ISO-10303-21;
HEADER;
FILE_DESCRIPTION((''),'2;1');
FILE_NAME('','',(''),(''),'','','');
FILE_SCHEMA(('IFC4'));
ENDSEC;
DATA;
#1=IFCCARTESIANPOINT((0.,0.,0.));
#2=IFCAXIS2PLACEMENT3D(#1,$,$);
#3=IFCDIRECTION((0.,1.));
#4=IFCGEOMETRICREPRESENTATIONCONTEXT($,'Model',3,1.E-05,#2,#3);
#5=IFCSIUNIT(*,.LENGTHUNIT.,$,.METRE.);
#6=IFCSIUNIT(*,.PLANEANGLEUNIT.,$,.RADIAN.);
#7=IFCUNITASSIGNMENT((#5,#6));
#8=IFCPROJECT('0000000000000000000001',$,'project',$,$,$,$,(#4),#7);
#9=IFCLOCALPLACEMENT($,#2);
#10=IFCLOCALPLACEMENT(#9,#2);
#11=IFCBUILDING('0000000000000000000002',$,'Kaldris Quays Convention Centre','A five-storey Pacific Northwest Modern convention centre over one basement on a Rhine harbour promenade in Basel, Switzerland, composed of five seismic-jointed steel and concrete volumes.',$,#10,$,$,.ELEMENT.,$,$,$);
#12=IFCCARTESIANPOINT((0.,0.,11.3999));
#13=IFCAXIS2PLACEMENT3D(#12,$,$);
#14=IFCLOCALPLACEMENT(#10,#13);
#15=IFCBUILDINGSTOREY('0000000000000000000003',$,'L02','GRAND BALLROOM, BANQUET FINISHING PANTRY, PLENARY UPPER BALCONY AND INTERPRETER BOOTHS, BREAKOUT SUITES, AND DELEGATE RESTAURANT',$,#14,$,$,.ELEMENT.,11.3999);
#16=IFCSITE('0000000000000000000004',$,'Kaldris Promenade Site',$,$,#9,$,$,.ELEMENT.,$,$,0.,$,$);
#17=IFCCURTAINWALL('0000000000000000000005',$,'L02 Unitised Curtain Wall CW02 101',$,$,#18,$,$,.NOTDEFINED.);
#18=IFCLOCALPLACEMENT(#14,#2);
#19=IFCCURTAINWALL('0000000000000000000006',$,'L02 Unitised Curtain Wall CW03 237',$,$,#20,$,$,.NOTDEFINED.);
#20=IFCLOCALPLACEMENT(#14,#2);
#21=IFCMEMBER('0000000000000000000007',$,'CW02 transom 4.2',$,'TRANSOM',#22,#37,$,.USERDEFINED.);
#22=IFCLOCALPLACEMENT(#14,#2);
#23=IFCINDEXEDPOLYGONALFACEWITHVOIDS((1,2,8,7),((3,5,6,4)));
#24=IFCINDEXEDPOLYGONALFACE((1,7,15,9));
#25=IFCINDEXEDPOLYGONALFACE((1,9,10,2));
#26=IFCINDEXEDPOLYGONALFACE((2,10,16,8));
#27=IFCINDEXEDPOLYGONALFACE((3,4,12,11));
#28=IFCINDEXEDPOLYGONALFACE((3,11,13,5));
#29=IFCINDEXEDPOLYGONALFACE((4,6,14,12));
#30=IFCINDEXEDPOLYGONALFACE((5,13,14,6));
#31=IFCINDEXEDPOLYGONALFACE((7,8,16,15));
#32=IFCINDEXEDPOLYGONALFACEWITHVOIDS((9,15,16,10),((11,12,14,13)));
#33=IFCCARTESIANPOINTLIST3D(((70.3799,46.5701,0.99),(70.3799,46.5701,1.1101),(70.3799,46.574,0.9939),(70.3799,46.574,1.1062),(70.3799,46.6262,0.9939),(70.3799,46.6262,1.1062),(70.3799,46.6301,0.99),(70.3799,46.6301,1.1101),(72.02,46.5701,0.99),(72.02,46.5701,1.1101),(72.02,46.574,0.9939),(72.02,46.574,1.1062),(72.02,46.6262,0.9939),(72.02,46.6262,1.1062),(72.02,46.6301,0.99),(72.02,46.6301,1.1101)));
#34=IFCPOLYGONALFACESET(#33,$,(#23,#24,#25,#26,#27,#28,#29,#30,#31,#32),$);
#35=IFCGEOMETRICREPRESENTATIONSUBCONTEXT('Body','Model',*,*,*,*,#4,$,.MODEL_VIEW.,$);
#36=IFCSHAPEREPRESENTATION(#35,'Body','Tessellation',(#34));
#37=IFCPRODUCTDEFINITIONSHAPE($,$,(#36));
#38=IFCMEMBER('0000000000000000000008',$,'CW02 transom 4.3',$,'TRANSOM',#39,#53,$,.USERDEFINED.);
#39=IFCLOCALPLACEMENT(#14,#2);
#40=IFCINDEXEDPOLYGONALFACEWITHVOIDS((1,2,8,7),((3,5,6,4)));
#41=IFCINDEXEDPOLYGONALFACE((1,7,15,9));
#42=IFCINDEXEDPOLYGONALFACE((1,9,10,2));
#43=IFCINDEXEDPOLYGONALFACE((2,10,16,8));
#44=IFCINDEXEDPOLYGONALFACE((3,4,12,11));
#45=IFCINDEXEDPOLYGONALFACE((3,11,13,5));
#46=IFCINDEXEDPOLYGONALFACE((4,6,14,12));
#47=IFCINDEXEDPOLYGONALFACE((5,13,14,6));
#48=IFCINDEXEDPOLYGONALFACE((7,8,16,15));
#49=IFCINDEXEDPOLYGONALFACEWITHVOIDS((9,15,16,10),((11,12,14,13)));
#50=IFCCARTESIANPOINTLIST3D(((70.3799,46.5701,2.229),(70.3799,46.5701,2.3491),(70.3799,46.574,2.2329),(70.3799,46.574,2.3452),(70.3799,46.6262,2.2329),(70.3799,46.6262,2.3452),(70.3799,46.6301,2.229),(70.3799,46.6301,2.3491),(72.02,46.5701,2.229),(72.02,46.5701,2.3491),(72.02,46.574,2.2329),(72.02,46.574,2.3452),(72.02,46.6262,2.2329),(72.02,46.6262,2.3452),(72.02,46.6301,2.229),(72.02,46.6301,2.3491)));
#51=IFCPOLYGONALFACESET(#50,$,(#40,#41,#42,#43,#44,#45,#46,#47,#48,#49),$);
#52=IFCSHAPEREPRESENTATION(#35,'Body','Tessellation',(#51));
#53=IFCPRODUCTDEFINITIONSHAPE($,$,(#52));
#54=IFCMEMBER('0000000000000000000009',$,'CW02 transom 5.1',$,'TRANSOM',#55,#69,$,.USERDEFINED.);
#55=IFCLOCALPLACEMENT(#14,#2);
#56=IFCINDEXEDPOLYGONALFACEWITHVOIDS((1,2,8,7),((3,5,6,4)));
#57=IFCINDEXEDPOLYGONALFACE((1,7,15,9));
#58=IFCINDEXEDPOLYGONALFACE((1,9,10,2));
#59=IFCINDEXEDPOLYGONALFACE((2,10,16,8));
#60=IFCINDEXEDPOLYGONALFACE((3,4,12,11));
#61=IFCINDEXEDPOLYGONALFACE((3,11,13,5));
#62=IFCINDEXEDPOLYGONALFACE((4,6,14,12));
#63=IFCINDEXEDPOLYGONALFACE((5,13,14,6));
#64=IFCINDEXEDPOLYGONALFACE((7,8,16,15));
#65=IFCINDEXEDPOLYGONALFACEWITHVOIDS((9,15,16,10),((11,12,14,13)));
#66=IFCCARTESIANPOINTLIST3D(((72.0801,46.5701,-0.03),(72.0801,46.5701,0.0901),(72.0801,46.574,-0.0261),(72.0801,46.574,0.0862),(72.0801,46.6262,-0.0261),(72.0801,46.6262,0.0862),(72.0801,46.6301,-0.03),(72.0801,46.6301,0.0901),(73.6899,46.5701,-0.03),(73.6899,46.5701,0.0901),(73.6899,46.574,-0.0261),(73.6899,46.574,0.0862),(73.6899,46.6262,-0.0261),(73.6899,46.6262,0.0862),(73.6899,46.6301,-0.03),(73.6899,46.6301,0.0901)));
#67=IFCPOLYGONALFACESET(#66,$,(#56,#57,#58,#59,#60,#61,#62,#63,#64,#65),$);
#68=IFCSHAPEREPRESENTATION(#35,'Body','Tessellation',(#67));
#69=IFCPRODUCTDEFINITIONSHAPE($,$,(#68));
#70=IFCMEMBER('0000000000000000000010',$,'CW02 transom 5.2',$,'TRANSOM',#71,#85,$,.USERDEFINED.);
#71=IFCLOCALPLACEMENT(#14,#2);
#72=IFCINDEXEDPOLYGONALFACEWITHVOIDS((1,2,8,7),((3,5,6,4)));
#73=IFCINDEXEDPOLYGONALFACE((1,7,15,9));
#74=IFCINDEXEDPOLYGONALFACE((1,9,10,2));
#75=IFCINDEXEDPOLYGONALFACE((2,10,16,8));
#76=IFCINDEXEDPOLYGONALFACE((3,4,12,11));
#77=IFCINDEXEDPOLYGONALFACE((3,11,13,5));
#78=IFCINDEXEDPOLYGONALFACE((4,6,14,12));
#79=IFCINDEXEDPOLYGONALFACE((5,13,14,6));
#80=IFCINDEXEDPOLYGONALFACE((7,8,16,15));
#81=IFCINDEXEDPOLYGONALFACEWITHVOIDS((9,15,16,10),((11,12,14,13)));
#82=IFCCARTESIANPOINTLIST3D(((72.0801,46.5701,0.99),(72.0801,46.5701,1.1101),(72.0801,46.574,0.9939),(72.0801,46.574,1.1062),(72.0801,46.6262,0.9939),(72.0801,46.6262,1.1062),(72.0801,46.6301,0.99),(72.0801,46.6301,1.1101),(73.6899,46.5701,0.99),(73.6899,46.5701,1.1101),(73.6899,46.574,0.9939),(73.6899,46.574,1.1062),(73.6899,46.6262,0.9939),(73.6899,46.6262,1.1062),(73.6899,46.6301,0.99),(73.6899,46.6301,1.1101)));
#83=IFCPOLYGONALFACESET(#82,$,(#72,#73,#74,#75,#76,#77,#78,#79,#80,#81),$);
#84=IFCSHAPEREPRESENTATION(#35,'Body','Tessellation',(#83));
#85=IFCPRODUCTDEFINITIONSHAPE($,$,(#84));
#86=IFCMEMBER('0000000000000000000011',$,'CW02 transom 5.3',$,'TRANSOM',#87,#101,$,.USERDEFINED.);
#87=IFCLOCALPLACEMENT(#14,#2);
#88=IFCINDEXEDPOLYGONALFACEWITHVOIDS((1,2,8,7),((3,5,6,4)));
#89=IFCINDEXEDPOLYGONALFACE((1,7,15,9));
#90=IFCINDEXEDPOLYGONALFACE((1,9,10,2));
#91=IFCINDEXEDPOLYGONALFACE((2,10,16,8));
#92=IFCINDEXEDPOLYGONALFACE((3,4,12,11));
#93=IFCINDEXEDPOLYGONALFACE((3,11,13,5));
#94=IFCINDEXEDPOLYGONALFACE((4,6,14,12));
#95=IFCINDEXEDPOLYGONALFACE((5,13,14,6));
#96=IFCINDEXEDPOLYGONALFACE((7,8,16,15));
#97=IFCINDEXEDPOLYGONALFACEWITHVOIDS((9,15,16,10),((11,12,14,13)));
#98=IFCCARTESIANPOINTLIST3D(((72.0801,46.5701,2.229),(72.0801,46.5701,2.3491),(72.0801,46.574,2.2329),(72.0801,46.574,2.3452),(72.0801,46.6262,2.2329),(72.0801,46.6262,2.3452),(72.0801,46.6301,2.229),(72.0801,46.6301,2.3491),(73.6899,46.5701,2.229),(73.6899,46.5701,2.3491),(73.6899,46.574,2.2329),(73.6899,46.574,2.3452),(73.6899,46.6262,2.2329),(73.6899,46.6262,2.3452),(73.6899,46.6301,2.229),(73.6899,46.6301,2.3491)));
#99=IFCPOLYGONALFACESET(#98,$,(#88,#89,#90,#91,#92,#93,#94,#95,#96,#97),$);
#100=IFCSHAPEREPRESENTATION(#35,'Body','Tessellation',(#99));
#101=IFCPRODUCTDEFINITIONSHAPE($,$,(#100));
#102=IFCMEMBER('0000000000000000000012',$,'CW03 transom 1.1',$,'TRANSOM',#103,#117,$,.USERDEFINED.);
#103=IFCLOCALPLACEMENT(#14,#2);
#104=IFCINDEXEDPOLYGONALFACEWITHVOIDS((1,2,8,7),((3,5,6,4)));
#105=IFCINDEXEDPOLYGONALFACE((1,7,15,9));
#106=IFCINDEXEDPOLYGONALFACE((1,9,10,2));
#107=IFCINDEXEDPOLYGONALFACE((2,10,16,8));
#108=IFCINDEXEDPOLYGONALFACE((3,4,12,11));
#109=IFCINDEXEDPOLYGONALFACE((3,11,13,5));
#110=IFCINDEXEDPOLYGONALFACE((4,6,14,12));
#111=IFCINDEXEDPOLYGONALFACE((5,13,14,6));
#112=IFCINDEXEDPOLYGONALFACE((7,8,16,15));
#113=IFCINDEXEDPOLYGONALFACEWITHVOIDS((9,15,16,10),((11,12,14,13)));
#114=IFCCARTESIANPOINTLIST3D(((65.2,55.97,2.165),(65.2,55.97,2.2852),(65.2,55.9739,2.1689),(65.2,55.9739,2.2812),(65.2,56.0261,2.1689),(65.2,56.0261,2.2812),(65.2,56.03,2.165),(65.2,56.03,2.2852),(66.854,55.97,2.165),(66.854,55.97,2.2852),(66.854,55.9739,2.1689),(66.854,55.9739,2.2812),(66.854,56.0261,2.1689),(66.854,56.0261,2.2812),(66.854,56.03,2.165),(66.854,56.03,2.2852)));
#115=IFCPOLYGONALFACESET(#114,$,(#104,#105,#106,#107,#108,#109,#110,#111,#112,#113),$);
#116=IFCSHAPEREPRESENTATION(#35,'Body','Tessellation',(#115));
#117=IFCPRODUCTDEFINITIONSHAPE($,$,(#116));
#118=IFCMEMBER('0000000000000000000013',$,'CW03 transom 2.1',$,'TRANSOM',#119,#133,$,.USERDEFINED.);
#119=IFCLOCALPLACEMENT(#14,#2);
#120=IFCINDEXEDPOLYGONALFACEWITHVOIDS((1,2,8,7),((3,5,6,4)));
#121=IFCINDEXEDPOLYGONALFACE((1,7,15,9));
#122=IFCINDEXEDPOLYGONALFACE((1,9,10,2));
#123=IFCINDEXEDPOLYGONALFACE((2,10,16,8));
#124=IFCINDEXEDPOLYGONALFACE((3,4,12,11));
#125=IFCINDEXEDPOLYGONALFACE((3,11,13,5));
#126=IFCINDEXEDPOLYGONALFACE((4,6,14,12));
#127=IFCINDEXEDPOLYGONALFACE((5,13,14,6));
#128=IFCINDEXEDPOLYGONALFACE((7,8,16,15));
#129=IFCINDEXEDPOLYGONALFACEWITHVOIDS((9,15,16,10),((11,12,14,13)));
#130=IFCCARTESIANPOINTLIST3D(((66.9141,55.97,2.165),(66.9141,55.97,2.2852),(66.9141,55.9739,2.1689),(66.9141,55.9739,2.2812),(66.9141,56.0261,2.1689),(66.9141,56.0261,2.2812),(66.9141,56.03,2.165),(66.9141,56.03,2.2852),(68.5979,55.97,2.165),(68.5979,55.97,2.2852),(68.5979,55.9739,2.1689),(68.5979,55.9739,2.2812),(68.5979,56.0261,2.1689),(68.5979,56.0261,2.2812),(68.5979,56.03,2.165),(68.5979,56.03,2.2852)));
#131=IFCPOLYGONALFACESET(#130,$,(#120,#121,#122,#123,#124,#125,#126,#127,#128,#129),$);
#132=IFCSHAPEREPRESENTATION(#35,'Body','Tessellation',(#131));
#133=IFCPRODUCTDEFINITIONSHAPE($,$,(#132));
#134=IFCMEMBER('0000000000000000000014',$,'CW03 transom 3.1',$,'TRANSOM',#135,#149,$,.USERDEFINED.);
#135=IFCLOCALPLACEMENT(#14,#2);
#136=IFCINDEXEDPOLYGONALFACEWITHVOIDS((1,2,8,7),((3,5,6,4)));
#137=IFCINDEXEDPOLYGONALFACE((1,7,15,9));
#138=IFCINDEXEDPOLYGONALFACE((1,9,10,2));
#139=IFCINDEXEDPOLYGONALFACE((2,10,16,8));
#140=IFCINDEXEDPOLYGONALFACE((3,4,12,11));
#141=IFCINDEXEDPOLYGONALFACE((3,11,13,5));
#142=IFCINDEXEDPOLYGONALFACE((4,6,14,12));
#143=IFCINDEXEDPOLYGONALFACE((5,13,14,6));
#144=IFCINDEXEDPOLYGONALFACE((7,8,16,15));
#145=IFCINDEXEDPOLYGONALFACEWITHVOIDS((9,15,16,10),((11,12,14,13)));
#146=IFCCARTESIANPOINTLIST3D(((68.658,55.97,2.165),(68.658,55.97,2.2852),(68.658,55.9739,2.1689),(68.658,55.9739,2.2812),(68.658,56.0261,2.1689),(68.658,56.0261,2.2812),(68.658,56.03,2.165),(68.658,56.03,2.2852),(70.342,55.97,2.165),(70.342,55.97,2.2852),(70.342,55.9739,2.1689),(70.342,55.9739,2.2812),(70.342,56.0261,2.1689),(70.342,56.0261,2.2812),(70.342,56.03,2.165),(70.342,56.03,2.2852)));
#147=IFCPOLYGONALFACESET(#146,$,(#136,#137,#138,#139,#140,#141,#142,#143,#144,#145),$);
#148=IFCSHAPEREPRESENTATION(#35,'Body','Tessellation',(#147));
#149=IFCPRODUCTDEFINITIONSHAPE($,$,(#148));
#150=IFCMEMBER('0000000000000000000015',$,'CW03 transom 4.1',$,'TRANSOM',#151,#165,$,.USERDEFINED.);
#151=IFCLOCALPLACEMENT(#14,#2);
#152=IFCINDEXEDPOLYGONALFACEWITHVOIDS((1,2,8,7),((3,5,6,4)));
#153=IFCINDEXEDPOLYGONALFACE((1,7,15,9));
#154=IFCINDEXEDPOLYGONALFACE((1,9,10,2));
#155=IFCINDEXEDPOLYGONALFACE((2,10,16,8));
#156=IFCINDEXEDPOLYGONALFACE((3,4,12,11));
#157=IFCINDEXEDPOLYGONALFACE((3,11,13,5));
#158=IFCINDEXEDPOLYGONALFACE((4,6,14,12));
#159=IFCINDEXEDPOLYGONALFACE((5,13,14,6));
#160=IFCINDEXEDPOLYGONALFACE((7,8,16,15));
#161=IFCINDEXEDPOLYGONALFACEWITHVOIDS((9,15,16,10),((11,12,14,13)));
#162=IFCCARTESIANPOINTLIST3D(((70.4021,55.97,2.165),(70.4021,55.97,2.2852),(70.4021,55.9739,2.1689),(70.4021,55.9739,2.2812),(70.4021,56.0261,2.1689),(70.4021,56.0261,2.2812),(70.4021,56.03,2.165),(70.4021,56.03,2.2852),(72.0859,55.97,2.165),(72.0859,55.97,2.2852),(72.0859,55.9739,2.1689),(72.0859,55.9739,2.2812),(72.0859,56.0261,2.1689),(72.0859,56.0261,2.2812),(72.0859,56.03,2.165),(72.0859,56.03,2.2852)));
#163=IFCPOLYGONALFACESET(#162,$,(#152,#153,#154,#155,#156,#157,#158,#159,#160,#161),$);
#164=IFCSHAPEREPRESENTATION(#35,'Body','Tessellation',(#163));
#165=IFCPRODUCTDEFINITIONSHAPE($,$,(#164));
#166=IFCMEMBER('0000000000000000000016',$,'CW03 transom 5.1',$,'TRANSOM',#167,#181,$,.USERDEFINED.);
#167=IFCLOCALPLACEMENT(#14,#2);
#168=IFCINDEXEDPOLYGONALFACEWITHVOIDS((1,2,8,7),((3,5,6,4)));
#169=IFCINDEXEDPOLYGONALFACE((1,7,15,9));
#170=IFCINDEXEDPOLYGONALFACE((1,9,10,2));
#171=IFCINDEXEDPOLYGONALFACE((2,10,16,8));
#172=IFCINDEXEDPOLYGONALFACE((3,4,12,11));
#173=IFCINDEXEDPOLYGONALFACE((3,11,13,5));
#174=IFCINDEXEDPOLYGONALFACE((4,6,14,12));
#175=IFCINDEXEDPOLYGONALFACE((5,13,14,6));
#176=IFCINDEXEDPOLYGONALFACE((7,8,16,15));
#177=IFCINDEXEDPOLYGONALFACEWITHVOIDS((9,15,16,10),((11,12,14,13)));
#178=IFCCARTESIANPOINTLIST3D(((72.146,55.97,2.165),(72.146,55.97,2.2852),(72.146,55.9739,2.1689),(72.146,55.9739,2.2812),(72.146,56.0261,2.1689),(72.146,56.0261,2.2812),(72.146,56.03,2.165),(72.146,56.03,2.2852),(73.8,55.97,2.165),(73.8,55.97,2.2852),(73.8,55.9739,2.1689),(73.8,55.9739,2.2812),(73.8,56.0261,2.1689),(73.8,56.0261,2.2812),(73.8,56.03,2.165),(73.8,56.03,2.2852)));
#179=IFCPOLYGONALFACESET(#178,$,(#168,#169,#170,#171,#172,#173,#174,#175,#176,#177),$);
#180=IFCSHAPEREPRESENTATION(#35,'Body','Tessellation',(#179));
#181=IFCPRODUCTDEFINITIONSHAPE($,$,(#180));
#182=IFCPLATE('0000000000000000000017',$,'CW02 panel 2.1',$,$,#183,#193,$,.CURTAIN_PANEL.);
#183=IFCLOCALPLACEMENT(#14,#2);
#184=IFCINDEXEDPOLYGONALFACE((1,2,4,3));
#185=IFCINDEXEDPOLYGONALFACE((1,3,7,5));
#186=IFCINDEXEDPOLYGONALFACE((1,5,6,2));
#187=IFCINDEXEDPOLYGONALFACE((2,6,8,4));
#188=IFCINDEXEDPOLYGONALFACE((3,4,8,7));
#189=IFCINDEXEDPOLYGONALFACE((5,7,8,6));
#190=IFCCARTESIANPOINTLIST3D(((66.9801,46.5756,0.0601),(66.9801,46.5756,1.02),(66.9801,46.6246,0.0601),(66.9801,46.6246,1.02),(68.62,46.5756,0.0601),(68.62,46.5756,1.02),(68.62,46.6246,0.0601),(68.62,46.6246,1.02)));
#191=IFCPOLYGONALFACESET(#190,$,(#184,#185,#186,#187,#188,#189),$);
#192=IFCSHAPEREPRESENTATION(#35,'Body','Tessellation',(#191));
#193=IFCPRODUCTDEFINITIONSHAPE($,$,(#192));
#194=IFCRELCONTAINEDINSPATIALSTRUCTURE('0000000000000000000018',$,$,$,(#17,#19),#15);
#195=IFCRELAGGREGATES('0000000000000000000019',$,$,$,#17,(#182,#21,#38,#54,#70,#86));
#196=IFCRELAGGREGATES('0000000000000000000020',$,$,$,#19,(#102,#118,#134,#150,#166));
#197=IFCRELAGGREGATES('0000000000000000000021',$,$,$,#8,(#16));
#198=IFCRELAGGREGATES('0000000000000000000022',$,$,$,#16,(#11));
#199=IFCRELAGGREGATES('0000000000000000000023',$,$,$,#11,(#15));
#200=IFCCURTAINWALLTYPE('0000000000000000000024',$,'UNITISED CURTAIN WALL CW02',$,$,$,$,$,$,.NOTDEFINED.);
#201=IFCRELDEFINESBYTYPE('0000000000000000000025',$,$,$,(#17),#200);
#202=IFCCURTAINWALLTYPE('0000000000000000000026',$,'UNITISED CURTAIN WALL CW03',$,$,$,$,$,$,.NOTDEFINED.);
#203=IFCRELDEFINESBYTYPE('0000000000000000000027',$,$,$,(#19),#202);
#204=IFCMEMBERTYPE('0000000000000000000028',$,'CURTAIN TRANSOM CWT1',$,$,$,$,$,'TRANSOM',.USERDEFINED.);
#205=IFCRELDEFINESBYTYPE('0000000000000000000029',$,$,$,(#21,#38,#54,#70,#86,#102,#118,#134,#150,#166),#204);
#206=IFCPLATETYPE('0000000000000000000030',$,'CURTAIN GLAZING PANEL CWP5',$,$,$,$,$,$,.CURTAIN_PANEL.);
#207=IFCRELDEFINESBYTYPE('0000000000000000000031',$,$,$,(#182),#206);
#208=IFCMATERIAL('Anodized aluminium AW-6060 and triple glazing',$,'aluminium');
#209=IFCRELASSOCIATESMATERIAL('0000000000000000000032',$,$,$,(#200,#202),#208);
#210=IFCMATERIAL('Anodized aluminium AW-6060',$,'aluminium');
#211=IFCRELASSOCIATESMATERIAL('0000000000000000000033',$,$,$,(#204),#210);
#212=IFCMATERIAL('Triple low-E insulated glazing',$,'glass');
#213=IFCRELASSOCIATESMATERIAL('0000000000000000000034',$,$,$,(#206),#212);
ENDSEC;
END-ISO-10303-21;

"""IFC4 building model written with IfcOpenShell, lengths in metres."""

from ifc_helpers import new_model, si_unit, direction, frame, origin, origin_2d, place, context, subcontext, project, spatial, rectangle, hollow_rectangle, extrude, material, material_profile, profile_set, type_object, element, aggregate, save


model = new_model("IFC4")

# Units and contexts
model_context = context("Model", 3, precision=1e-05, world=origin(), true_north=direction((0.0, 1.0)))
body_context = subcontext(model_context, "Body", "Model", "MODEL_VIEW")
ifc_project = project(units=[si_unit("LENGTHUNIT", "METRE"), si_unit("PLANEANGLEUNIT", "RADIAN")], contexts=[model_context])

# Site, building, storey
site_placement = place(None, origin())
site = spatial("IfcSite", under=ifc_project, at=site_placement, Name="Kaldris Promenade Site", CompositionType="ELEMENT", RefElevation=0.0)
building_placement = place(site_placement, origin())
building = spatial("IfcBuilding", under=site, at=building_placement, Name="Kaldris Quays Convention Centre", Description="A five-storey Pacific Northwest Modern convention centre over one basement on a Rhine harbour promenade in Basel, Switzerland, composed of five seismic-jointed steel and concrete volumes.", CompositionType="ELEMENT")
storey_placement = place(building_placement, frame((0.0, 0.0, 11.3999)))
storey = spatial("IfcBuildingStorey", under=building, at=storey_placement, Name="L02", Description="GRAND BALLROOM, BANQUET FINISHING PANTRY, PLENARY UPPER BALCONY AND INTERPRETER BOOTHS, BREAKOUT SUITES, AND DELEGATE RESTAURANT", CompositionType="ELEMENT", Elevation=11.3999)

# Curtain walls
ifc_material_1 = material(Name="Anodized aluminium AW-6060 and triple glazing", Category="aluminium")
curtain_wall_type_1 = type_object("IfcCurtainWallType", Name="UNITISED CURTAIN WALL CW02", PredefinedType="NOTDEFINED", material=ifc_material_1)
curtain_wall_1_placement = place(storey_placement, origin())
curtain_wall_1 = element("IfcCurtainWall", 1, at=curtain_wall_1_placement, inside=storey, type_object=curtain_wall_type_1, Name="L02 Unitised Curtain Wall CW02 101", PredefinedType="NOTDEFINED")
ifc_material_2 = material(Name="Anodized aluminium AW-6060", Category="aluminium")
curtain_wall_type_2 = type_object("IfcCurtainWallType", Name="UNITISED CURTAIN WALL CW03", PredefinedType="NOTDEFINED", material=ifc_material_1)
curtain_wall_2_placement = place(storey_placement, origin())
curtain_wall_2 = element("IfcCurtainWall", 2, at=curtain_wall_2_placement, inside=storey, type_object=curtain_wall_type_2, Name="L02 Unitised Curtain Wall CW03 237", PredefinedType="NOTDEFINED")

# Members
ifc_material_profile_1 = material_profile(ifc_material_2, hollow_rectangle(XDim=0.0601, YDim=0.1201, WallThickness=0.0039, at=origin_2d()), Name="RHS 120x60x4")
ifc_profile_set_1 = profile_set([ifc_material_profile_1], Name="Anodized aluminium AW-6060")
member_type_1 = type_object("IfcMemberType", Name="CURTAIN TRANSOM CWT1", ElementType="TRANSOM", PredefinedType="USERDEFINED", material=ifc_profile_set_1)
member_1_placement = place(storey_placement, frame((70.3799, 46.6001, 1.05), z_axis=(1.0, 0.0, 0.0), x_axis=(0.0, 1.0, 0.0)))
member_1 = element("IfcMember", 3, at=member_1_placement, type_object=member_type_1, Name="CW02 transom 4.2", ObjectType="TRANSOM", PredefinedType="USERDEFINED", context=body_context, shape_type="SweptSolid", body=[
    extrude(hollow_rectangle(XDim=0.0601, YDim=0.1201, WallThickness=0.0039, at=origin_2d()), origin(), (0.0, 0.0, 1.0), 1.6401),
])
member_2_placement = place(storey_placement, frame((70.3799, 46.6001, 2.2891), z_axis=(1.0, 0.0, 0.0), x_axis=(0.0, 1.0, 0.0)))
member_2 = element("IfcMember", 4, at=member_2_placement, type_object=member_type_1, Name="CW02 transom 4.3", ObjectType="TRANSOM", PredefinedType="USERDEFINED", context=body_context, shape_type="SweptSolid", body=[
    extrude(hollow_rectangle(XDim=0.0601, YDim=0.1201, WallThickness=0.0039, at=origin_2d()), origin(), (0.0, 0.0, 1.0), 1.6401),
])
member_3_placement = place(storey_placement, frame((72.0801, 46.6001, 0.03), z_axis=(1.0, 0.0, 0.0), x_axis=(0.0, 1.0, 0.0)))
member_3 = element("IfcMember", 5, at=member_3_placement, type_object=member_type_1, Name="CW02 transom 5.1", ObjectType="TRANSOM", PredefinedType="USERDEFINED", context=body_context, shape_type="SweptSolid", body=[
    extrude(hollow_rectangle(XDim=0.0601, YDim=0.1201, WallThickness=0.0039, at=origin_2d()), origin(), (0.0, 0.0, 1.0), 1.6099),
])
member_4_placement = place(storey_placement, frame((72.0801, 46.6001, 1.05), z_axis=(1.0, 0.0, 0.0), x_axis=(0.0, 1.0, 0.0)))
member_4 = element("IfcMember", 6, at=member_4_placement, type_object=member_type_1, Name="CW02 transom 5.2", ObjectType="TRANSOM", PredefinedType="USERDEFINED", context=body_context, shape_type="SweptSolid", body=[
    extrude(hollow_rectangle(XDim=0.0601, YDim=0.1201, WallThickness=0.0039, at=origin_2d()), origin(), (0.0, 0.0, 1.0), 1.6099),
])
member_5_placement = place(storey_placement, frame((72.0801, 46.6001, 2.2891), z_axis=(1.0, 0.0, 0.0), x_axis=(0.0, 1.0, 0.0)))
member_5 = element("IfcMember", 7, at=member_5_placement, type_object=member_type_1, Name="CW02 transom 5.3", ObjectType="TRANSOM", PredefinedType="USERDEFINED", context=body_context, shape_type="SweptSolid", body=[
    extrude(hollow_rectangle(XDim=0.0601, YDim=0.1201, WallThickness=0.0039, at=origin_2d()), origin(), (0.0, 0.0, 1.0), 1.6099),
])
member_6_placement = place(storey_placement, frame((65.2, 56.0, 2.2251), z_axis=(1.0, 0.0, 0.0), x_axis=(0.0, 1.0, 0.0)))
member_6 = element("IfcMember", 8, at=member_6_placement, type_object=member_type_1, Name="CW03 transom 1.1", ObjectType="TRANSOM", PredefinedType="USERDEFINED", context=body_context, shape_type="SweptSolid", body=[
    extrude(hollow_rectangle(XDim=0.0601, YDim=0.1201, WallThickness=0.0039, at=origin_2d()), origin(), (0.0, 0.0, 1.0), 1.6541),
])
member_7_placement = place(storey_placement, frame((66.9141, 56.0, 2.2251), z_axis=(1.0, 0.0, 0.0), x_axis=(0.0, 1.0, 0.0)))
member_7 = element("IfcMember", 9, at=member_7_placement, type_object=member_type_1, Name="CW03 transom 2.1", ObjectType="TRANSOM", PredefinedType="USERDEFINED", context=body_context, shape_type="SweptSolid", body=[
    extrude(hollow_rectangle(XDim=0.0601, YDim=0.1201, WallThickness=0.0039, at=origin_2d()), origin(), (0.0, 0.0, 1.0), 1.6838),
])
member_8_placement = place(storey_placement, frame((68.658, 56.0, 2.2251), z_axis=(1.0, 0.0, 0.0), x_axis=(0.0, 1.0, 0.0)))
member_8 = element("IfcMember", 10, at=member_8_placement, type_object=member_type_1, Name="CW03 transom 3.1", ObjectType="TRANSOM", PredefinedType="USERDEFINED", context=body_context, shape_type="SweptSolid", body=[
    extrude(hollow_rectangle(XDim=0.0601, YDim=0.1201, WallThickness=0.0039, at=origin_2d()), origin(), (0.0, 0.0, 1.0), 1.6841),
])
member_9_placement = place(storey_placement, frame((70.4021, 56.0, 2.2251), z_axis=(1.0, 0.0, 0.0), x_axis=(0.0, 1.0, 0.0)))
member_9 = element("IfcMember", 11, at=member_9_placement, type_object=member_type_1, Name="CW03 transom 4.1", ObjectType="TRANSOM", PredefinedType="USERDEFINED", context=body_context, shape_type="SweptSolid", body=[
    extrude(hollow_rectangle(XDim=0.0601, YDim=0.1201, WallThickness=0.0039, at=origin_2d()), origin(), (0.0, 0.0, 1.0), 1.6838),
])
member_10_placement = place(storey_placement, frame((72.146, 56.0, 2.2251), z_axis=(1.0, 0.0, 0.0), x_axis=(0.0, 1.0, 0.0)))
member_10 = element("IfcMember", 12, at=member_10_placement, type_object=member_type_1, Name="CW03 transom 5.1", ObjectType="TRANSOM", PredefinedType="USERDEFINED", context=body_context, shape_type="SweptSolid", body=[
    extrude(hollow_rectangle(XDim=0.0601, YDim=0.1201, WallThickness=0.0039, at=origin_2d()), origin(), (0.0, 0.0, 1.0), 1.6541),
])

# Plate
ifc_material_3 = material(Name="Triple low-E insulated glazing", Category="glass")
plate_type = type_object("IfcPlateType", Name="CURTAIN GLAZING PANEL CWP5", PredefinedType="CURTAIN_PANEL", material=ifc_material_3)
plate_1_placement = place(storey_placement, frame((67.8, 46.6001, 0.0601), z_axis=(0.0, 0.0, 1.0), x_axis=(1.0, 0.0, 0.0)))
plate_1 = element("IfcPlate", 13, at=plate_1_placement, type_object=plate_type, Name="CW02 panel 2.1", PredefinedType="CURTAIN_PANEL", context=body_context, shape_type="SweptSolid", body=[
    extrude(rectangle(XDim=1.6399, YDim=0.0491, at=origin_2d()), origin(), (0.0, 0.0, 1.0), 0.96),
])
aggregate(curtain_wall_1, [plate_1, member_1, member_2, member_3, member_4, member_5])
aggregate(curtain_wall_2, [member_6, member_7, member_8, member_9, member_10])

save(model, "model.ifc")
